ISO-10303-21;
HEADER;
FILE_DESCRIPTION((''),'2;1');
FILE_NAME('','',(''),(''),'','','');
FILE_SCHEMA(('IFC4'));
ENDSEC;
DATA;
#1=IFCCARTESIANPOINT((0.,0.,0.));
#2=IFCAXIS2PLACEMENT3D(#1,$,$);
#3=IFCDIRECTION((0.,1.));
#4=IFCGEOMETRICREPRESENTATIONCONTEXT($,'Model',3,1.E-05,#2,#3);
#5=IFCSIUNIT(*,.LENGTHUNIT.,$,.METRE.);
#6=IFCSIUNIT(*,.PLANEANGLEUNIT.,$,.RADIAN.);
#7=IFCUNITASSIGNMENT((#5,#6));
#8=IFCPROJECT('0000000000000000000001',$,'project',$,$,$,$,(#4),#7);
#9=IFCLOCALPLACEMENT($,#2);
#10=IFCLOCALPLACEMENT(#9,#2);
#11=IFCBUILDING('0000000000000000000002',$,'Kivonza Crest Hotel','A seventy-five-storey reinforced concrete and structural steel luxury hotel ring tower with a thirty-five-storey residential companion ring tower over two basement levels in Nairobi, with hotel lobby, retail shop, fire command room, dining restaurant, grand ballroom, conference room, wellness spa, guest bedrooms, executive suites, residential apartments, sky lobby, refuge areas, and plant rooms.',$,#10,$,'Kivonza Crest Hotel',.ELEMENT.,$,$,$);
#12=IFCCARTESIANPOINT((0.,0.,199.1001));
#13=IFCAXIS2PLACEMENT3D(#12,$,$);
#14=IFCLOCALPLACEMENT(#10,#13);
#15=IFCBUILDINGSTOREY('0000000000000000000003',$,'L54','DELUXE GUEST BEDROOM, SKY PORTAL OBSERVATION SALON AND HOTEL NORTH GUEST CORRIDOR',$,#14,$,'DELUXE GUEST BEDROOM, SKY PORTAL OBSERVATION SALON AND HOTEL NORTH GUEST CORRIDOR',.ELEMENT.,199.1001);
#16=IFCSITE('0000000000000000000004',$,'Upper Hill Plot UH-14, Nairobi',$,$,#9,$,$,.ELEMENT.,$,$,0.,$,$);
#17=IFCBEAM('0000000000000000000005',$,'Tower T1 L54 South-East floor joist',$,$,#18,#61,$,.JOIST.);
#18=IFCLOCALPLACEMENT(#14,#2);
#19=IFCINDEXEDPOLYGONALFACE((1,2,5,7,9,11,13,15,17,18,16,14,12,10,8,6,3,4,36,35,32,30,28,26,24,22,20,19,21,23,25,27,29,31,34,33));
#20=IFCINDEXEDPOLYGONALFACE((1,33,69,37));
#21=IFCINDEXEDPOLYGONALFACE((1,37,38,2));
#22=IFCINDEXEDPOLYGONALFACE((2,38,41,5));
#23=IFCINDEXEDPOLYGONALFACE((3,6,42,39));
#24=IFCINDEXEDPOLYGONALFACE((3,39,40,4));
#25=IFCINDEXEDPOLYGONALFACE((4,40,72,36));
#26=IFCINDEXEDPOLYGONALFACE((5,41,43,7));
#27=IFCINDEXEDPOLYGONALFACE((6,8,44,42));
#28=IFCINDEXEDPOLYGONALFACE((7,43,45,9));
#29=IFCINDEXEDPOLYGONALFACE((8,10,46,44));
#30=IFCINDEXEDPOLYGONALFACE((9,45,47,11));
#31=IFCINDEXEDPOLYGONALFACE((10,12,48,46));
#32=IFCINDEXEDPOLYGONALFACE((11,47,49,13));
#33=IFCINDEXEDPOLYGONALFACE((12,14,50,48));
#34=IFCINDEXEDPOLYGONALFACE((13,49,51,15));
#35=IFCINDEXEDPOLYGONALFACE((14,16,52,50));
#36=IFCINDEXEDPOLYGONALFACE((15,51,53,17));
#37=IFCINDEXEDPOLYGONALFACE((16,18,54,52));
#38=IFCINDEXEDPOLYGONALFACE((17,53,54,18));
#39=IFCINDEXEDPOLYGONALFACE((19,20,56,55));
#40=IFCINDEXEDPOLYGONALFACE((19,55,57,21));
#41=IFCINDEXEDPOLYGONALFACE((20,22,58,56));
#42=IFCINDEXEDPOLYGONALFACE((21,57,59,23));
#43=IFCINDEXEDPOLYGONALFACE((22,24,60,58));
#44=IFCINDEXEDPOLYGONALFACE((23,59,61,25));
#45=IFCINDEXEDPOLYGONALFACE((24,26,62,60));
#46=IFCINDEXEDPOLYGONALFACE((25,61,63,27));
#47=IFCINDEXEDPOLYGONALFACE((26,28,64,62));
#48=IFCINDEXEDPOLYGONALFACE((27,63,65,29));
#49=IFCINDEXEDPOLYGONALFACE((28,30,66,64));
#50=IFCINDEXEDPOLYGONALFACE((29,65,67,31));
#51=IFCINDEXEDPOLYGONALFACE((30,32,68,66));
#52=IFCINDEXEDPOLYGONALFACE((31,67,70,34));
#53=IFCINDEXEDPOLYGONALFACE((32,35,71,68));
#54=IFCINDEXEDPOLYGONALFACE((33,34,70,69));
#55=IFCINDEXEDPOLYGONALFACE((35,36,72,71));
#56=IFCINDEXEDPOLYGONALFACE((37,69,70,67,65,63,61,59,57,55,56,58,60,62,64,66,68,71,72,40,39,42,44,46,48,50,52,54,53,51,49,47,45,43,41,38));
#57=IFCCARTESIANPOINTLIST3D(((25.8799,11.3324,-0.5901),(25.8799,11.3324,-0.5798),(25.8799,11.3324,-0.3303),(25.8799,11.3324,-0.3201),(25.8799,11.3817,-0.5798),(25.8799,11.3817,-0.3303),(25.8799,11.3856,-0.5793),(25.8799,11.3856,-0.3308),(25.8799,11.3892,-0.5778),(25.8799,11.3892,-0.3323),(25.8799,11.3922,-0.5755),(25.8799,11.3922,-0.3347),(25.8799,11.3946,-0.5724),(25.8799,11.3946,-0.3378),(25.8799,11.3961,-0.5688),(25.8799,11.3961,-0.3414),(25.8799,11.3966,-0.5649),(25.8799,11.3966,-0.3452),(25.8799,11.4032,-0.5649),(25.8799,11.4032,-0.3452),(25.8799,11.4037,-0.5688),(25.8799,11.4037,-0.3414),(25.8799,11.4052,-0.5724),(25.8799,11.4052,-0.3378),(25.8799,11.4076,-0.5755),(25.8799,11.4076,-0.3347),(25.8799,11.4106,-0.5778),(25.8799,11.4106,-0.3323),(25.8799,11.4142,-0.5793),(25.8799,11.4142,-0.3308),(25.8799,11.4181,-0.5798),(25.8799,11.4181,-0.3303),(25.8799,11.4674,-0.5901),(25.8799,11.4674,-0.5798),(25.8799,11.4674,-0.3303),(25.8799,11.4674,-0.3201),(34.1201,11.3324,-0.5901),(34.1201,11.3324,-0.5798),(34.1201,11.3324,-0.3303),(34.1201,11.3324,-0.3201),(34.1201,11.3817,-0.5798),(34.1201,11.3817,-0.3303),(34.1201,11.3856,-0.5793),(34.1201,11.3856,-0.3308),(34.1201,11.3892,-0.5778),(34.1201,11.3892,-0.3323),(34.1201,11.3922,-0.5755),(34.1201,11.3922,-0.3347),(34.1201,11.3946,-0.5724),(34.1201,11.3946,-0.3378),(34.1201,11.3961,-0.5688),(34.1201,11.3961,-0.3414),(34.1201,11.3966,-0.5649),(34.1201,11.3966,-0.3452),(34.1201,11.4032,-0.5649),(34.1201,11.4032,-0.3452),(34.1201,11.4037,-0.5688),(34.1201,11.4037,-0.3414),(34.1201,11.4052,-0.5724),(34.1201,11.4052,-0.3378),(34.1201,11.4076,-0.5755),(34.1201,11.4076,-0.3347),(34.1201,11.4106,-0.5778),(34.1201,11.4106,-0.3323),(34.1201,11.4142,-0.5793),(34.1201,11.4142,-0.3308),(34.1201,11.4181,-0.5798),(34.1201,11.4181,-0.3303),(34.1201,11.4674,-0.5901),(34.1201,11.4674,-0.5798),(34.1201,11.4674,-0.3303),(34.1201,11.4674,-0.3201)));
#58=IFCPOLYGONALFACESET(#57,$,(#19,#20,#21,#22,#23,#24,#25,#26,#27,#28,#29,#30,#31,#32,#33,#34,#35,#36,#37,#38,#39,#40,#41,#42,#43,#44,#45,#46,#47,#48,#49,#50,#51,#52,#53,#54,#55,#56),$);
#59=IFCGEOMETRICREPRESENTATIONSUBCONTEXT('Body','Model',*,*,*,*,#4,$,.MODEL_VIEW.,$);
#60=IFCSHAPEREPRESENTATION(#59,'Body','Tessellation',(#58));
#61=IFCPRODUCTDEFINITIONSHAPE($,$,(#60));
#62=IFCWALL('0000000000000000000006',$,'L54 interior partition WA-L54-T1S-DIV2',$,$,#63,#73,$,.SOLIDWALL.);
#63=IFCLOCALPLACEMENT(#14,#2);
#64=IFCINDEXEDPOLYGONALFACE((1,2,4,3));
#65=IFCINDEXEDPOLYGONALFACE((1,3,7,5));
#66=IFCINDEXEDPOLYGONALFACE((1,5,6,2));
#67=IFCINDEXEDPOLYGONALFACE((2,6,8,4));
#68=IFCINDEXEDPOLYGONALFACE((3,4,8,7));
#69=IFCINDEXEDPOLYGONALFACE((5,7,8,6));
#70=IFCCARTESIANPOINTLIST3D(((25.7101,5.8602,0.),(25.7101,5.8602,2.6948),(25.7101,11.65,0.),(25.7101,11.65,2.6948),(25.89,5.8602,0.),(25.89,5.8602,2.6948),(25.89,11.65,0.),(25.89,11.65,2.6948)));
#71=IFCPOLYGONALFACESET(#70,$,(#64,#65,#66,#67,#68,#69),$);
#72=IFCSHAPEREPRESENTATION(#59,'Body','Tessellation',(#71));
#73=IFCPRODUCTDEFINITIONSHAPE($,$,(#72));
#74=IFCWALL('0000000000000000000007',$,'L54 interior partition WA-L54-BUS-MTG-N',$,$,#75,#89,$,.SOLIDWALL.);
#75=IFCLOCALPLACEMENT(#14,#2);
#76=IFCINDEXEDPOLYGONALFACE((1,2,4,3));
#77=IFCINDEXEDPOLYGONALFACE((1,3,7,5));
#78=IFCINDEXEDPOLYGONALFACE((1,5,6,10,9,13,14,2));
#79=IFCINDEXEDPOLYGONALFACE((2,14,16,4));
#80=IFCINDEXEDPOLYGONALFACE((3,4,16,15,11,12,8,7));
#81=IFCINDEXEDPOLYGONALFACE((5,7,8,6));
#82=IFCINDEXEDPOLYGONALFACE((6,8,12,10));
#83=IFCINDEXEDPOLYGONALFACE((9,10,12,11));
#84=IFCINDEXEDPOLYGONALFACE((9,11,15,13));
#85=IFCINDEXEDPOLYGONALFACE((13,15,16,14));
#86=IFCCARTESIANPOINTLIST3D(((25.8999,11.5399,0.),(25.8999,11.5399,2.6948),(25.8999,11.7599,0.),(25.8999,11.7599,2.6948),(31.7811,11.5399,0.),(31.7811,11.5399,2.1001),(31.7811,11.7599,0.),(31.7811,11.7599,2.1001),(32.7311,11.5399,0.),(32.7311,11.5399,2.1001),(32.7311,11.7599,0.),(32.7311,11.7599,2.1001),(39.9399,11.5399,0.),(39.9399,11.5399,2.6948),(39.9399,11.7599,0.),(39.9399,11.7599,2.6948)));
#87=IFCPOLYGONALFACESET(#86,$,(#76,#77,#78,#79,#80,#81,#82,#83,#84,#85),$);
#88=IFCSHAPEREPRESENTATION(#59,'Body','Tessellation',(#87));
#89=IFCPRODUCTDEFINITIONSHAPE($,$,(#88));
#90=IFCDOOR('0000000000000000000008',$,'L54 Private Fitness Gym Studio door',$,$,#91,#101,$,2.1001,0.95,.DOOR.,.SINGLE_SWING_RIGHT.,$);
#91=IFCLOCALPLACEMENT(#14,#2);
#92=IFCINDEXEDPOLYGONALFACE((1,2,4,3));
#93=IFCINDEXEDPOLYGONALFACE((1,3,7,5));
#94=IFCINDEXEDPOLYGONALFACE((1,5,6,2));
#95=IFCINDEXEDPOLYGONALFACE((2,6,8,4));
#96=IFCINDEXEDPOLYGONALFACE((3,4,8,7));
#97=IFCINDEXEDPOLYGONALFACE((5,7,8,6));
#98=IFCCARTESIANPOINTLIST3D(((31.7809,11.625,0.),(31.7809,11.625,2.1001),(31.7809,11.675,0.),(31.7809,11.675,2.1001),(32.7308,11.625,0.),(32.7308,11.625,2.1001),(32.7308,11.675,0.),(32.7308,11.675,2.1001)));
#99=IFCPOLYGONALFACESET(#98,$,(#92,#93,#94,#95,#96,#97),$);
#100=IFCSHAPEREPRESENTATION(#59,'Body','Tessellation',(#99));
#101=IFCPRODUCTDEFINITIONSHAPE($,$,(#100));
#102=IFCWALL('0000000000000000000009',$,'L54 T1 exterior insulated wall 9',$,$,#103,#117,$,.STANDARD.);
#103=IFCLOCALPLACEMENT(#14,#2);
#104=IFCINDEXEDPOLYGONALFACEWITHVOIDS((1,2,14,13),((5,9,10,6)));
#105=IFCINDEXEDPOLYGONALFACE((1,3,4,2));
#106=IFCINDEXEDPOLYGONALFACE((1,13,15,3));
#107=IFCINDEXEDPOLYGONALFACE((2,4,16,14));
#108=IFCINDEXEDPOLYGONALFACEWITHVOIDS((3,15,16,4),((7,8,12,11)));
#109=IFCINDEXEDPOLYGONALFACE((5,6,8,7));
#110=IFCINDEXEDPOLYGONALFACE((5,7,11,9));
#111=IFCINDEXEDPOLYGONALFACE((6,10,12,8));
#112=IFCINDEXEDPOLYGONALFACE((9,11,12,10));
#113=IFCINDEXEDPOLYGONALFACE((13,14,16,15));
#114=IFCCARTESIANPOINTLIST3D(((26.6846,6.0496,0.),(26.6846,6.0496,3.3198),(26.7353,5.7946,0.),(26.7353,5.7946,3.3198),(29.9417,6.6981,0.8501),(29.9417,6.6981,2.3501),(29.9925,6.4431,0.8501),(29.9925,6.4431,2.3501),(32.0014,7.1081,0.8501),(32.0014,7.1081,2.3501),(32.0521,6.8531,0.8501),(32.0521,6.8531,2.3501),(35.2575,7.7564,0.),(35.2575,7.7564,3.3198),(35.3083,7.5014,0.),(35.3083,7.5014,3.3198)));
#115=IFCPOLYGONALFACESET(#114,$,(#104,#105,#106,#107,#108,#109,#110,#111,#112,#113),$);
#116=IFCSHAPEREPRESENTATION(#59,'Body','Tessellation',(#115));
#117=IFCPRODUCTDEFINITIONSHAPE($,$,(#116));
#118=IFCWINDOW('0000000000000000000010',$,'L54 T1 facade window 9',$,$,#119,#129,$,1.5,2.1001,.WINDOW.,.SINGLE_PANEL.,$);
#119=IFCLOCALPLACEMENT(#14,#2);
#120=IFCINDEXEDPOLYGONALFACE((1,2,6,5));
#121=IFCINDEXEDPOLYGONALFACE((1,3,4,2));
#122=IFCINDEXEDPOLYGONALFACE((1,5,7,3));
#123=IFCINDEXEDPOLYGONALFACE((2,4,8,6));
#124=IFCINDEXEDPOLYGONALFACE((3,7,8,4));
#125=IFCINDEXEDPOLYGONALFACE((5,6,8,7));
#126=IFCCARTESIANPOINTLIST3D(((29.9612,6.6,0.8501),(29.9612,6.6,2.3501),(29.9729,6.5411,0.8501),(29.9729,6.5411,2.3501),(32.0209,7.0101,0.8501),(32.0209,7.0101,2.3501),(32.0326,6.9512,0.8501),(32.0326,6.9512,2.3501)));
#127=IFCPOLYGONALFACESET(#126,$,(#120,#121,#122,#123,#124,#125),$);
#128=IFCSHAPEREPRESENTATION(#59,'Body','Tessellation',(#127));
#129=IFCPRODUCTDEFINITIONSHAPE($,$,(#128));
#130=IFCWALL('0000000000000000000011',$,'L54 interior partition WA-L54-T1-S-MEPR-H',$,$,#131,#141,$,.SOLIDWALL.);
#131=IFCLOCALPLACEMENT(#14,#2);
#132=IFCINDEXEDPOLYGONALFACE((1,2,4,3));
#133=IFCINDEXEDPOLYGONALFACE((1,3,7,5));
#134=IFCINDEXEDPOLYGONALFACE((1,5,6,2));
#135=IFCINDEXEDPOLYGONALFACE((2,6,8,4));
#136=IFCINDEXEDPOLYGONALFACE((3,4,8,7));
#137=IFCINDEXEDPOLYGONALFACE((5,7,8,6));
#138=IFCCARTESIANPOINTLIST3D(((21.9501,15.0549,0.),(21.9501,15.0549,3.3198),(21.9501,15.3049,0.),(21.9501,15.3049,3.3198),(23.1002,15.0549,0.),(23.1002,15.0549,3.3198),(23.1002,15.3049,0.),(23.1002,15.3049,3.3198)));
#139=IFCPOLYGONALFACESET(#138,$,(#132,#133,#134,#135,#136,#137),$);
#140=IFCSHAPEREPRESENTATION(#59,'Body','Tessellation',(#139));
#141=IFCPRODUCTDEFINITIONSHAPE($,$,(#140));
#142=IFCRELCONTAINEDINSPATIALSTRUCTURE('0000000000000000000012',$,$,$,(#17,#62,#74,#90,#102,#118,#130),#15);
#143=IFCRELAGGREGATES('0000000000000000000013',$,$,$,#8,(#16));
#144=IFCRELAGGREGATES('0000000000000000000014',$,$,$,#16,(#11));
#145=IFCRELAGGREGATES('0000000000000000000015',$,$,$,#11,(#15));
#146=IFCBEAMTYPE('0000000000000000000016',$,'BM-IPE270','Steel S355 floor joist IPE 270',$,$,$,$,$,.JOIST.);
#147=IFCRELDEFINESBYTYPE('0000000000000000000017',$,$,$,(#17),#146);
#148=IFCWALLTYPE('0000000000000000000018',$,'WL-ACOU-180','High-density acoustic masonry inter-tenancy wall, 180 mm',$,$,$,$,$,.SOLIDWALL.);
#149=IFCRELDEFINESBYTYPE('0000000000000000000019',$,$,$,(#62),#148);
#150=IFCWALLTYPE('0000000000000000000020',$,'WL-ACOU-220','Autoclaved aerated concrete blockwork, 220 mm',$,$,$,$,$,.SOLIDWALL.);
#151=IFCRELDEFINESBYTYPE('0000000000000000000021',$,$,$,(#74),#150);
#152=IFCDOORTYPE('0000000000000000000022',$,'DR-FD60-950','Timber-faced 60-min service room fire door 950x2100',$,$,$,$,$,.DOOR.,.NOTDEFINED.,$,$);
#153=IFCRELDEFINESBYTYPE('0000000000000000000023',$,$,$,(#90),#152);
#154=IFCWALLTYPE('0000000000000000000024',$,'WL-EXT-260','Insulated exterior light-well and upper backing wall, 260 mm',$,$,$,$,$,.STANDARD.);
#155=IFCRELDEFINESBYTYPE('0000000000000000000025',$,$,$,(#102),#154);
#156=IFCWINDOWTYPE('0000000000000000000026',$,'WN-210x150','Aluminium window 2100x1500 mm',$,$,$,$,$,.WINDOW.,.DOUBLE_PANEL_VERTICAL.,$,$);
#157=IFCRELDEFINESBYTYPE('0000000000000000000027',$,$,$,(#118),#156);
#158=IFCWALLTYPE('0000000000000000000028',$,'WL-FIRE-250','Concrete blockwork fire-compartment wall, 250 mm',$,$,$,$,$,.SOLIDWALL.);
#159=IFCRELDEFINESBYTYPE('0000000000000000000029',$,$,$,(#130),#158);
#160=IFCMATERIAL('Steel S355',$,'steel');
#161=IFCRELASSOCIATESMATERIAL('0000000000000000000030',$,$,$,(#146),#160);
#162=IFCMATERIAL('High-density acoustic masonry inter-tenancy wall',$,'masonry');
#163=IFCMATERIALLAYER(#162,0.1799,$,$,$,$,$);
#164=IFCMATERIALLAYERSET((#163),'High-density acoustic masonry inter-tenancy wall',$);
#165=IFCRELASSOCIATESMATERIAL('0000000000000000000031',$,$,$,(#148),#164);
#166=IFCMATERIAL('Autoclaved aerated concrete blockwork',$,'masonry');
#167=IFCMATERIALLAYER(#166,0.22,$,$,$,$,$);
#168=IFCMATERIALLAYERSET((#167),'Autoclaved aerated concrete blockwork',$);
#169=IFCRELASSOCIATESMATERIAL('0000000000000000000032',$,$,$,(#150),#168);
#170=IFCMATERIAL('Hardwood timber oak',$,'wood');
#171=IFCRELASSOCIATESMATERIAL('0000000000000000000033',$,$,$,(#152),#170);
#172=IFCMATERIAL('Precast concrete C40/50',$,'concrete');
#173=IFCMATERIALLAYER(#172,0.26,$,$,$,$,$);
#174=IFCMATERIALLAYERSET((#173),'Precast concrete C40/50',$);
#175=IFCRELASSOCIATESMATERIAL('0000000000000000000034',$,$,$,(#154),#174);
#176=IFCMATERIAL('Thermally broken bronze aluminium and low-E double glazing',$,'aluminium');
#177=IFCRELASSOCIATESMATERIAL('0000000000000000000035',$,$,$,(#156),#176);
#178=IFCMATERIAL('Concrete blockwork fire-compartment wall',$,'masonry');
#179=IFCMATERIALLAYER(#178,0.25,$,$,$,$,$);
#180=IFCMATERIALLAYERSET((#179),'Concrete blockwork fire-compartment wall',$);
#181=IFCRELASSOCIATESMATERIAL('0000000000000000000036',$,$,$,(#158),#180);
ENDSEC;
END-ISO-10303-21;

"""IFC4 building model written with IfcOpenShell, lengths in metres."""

from ifc_helpers import new_model, si_unit, direction, frame, frame_2d, origin, origin_2d, place, context, subcontext, project, spatial, rectangle, i_section, extrude, material, layer, layer_set, material_profile, profile_set, type_object, element, fill, save


model = new_model("IFC4")

# Units and contexts
model_context = context("Model", 3, precision=1e-05, world=origin(), true_north=direction((0.0, 1.0)))
body_context = subcontext(model_context, "Body", "Model", "MODEL_VIEW")
ifc_project = project(units=[si_unit("LENGTHUNIT", "METRE"), si_unit("PLANEANGLEUNIT", "RADIAN")], contexts=[model_context])

# Site, building, storey
site_placement = place(None, origin())
site = spatial("IfcSite", under=ifc_project, at=site_placement, Name="Upper Hill Plot UH-14, Nairobi", CompositionType="ELEMENT", RefElevation=0.0)
building_placement = place(site_placement, origin())
building = spatial("IfcBuilding", under=site, at=building_placement, Name="Kivonza Crest Hotel", Description="A seventy-five-storey reinforced concrete and structural steel luxury hotel ring tower with a thirty-five-storey residential companion ring tower over two basement levels in Nairobi, with hotel lobby, retail shop, fire command room, dining restaurant, grand ballroom, conference room, wellness spa, guest bedrooms, executive suites, residential apartments, sky lobby, refuge areas, and plant rooms.", LongName="Kivonza Crest Hotel", CompositionType="ELEMENT")
storey_placement = place(building_placement, frame((0.0, 0.0, 199.1001)))
storey = spatial("IfcBuildingStorey", under=building, at=storey_placement, Name="L54", Description="DELUXE GUEST BEDROOM, SKY PORTAL OBSERVATION SALON AND HOTEL NORTH GUEST CORRIDOR", LongName="DELUXE GUEST BEDROOM, SKY PORTAL OBSERVATION SALON AND HOTEL NORTH GUEST CORRIDOR", CompositionType="ELEMENT", Elevation=199.1001)

# Beam
ifc_material_1 = material(Name="Steel S355", Category="steel")
ifc_material_profile_1 = material_profile(ifc_material_1, i_section(OverallWidth=0.135, OverallDepth=0.27, WebThickness=0.0066, FlangeThickness=0.0103, FilletRadius=0.0149, at=origin_2d()), Name="IPE 270")
ifc_profile_set_1 = profile_set([ifc_material_profile_1], Name="Steel S355")
beam_type_1 = type_object("IfcBeamType", Name="BM-IPE270", Description="Steel S355 floor joist IPE 270", PredefinedType="JOIST", material=ifc_profile_set_1)
beam_1_placement = place(storey_placement, frame((25.8799, 11.3999, -0.4551), z_axis=(1.0, 0.0, 0.0), x_axis=(0.0, 1.0, 0.0)))
element("IfcBeam", 1, at=beam_1_placement, inside=storey, type_object=beam_type_1, Name="Tower T1 L54 South-East floor joist", PredefinedType="JOIST", context=body_context, shape_type="SweptSolid", body=[
    extrude(i_section(OverallWidth=0.135, OverallDepth=0.27, WebThickness=0.0066, FlangeThickness=0.0103, FilletRadius=0.0149, at=origin_2d()), origin(), (0.0, 0.0, 1.0), 8.2402),
])

# Wall
ifc_material_2 = material(Name="High-density acoustic masonry inter-tenancy wall", Category="masonry")
ifc_layer_1 = layer(ifc_material_2, 0.1799)
ifc_layer_set_1 = layer_set([ifc_layer_1], Name="High-density acoustic masonry inter-tenancy wall")
wall_type_1 = type_object("IfcWallType", Name="WL-ACOU-180", Description="High-density acoustic masonry inter-tenancy wall, 180 mm", PredefinedType="SOLIDWALL", material=ifc_layer_set_1)
wall_1_placement = place(storey_placement, frame((25.8, 5.8601, 0.0), z_axis=(0.0, 0.0, 1.0), x_axis=(0.0, 1.0, 0.0)))
element("IfcWall", 2, at=wall_1_placement, inside=storey, type_object=wall_type_1, Name="L54 interior partition WA-L54-T1S-DIV2", PredefinedType="SOLIDWALL", context=body_context, shape_type="SweptSolid", body=[
    extrude(rectangle(XDim=5.7898, YDim=0.1799, at=frame_2d((2.895, 0.0))), origin(), (0.0, 0.0, 1.0), 2.6948),
])

# Wall, opening, door
ifc_material_3 = material(Name="Autoclaved aerated concrete blockwork", Category="masonry")
ifc_layer_2 = layer(ifc_material_3, 0.22)
ifc_layer_set_2 = layer_set([ifc_layer_2], Name="Autoclaved aerated concrete blockwork")
wall_type_2 = type_object("IfcWallType", Name="WL-ACOU-220", Description="Autoclaved aerated concrete blockwork, 220 mm", PredefinedType="SOLIDWALL", material=ifc_layer_set_2)
wall_2_placement = place(storey_placement, frame((25.8999, 11.6499, 0.0), z_axis=(0.0, 0.0, 1.0), x_axis=(1.0, 0.0, 0.0)))
wall_2 = element("IfcWall", 3, at=wall_2_placement, inside=storey, type_object=wall_type_2, Name="L54 interior partition WA-L54-BUS-MTG-N", PredefinedType="SOLIDWALL", context=body_context, shape_type="SweptSolid", body=[
    extrude(rectangle(XDim=14.04, YDim=0.22, at=frame_2d((7.02, 0.0))), origin(), (0.0, 0.0, 1.0), 2.6948),
])
opening_1_placement = place(wall_2_placement, frame((5.8811, 0.0, 0.0)))
opening_1 = element("IfcOpeningElement", 4, at=opening_1_placement, cuts=wall_2, PredefinedType="OPENING", context=body_context, shape_type="SweptSolid", body=[
    extrude(rectangle(XDim=0.95, YDim=2.1001, at=frame_2d((0.4751, 1.05))), frame((0.0, 0.1201, 0.0), z_axis=(0.0, -1.0, 0.0), x_axis=(1.0, 0.0, 0.0)), (0.0, 0.0, 1.0), 0.24),
])
ifc_material_4 = material(Name="Hardwood timber oak", Category="wood")
door_type_1 = type_object("IfcDoorType", Name="DR-FD60-950", Description="Timber-faced 60-min service room fire door 950x2100", OperationType="NOTDEFINED", PredefinedType="DOOR", material=ifc_material_4)
door_1_placement = place(opening_1_placement, frame((0.95, 0.0, 0.0), z_axis=(0.0, 0.0, 1.0), x_axis=(-1.0, 0.0, 0.0)))
door_1 = element("IfcDoor", 5, at=door_1_placement, inside=storey, type_object=door_type_1, Name="L54 Private Fitness Gym Studio door", OperationType="SINGLE_SWING_RIGHT", OverallHeight=2.1001, OverallWidth=0.95, PredefinedType="DOOR", context=body_context, shape_type="SweptSolid", body=[
    extrude(rectangle(XDim=0.95, YDim=2.1001, at=frame_2d((0.4751, 1.05))), frame((0.0, 0.0249, 0.0), z_axis=(0.0, -1.0, 0.0), x_axis=(1.0, 0.0, 0.0)), (0.0, 0.0, 1.0), 0.05),
])
fill(opening_1, door_1)

# Wall, opening, window
ifc_material_5 = material(Name="Precast concrete C40/50", Category="concrete")
ifc_layer_3 = layer(ifc_material_5, 0.26)
ifc_layer_set_3 = layer_set([ifc_layer_3], Name="Precast concrete C40/50")
wall_type_3 = type_object("IfcWallType", Name="WL-EXT-260", Description="Insulated exterior light-well and upper backing wall, 260 mm", PredefinedType="STANDARD", material=ifc_layer_set_3)
wall_3_placement = place(storey_placement, frame((26.71, 5.9221, 0.0), z_axis=(0.0, 0.0, 1.0), x_axis=(0.980752, 0.195257, 0.0)))
wall_3 = element("IfcWall", 6, at=wall_3_placement, inside=storey, type_object=wall_type_3, Name="L54 T1 exterior insulated wall 9", PredefinedType="STANDARD", context=body_context, shape_type="SweptSolid", body=[
    extrude(rectangle(XDim=8.7412, YDim=0.26, at=frame_2d((4.3706, 0.0))), origin(), (0.0, 0.0, 1.0), 3.3198),
])
opening_2_placement = place(wall_3_placement, frame((3.321, 0.0, 0.8501)))
opening_2 = element("IfcOpeningElement", 7, at=opening_2_placement, cuts=wall_3, PredefinedType="OPENING", context=body_context, shape_type="SweptSolid", body=[
    extrude(rectangle(XDim=2.1001, YDim=1.5, at=frame_2d((1.05, 0.75))), frame((0.0, 0.1401, 0.0), z_axis=(0.0, -1.0, 0.0), x_axis=(1.0, 0.0, 0.0)), (0.0, 0.0, 1.0), 0.28),
])
ifc_material_6 = material(Name="Thermally broken bronze aluminium and low-E double glazing", Category="aluminium")
window_type = type_object("IfcWindowType", Name="WN-210x150", Description="Aluminium window 2100x1500 mm", PartitioningType="DOUBLE_PANEL_VERTICAL", PredefinedType="WINDOW", material=ifc_material_6)
window_placement = place(opening_2_placement, origin())
window = element("IfcWindow", 8, at=window_placement, inside=storey, type_object=window_type, Name="L54 T1 facade window 9", OverallHeight=1.5, OverallWidth=2.1001, PartitioningType="SINGLE_PANEL", PredefinedType="WINDOW", context=body_context, shape_type="SweptSolid", body=[
    extrude(rectangle(XDim=2.1001, YDim=1.5, at=frame_2d((1.05, 0.75))), frame((0.0, 0.03, 0.0), z_axis=(0.0, -1.0, 0.0), x_axis=(1.0, 0.0, 0.0)), (0.0, 0.0, 1.0), 0.0601),
])
fill(opening_2, window)

# Wall
ifc_material_7 = material(Name="Concrete blockwork fire-compartment wall", Category="masonry")
ifc_layer_4 = layer(ifc_material_7, 0.25)
ifc_layer_set_4 = layer_set([ifc_layer_4], Name="Concrete blockwork fire-compartment wall")
wall_type_4 = type_object("IfcWallType", Name="WL-FIRE-250", Description="Concrete blockwork fire-compartment wall, 250 mm", PredefinedType="SOLIDWALL", material=ifc_layer_set_4)
wall_4_placement = place(storey_placement, frame((21.95, 15.1799, 0.0), z_axis=(0.0, 0.0, 1.0), x_axis=(1.0, 0.0, 0.0)))
element("IfcWall", 9, at=wall_4_placement, inside=storey, type_object=wall_type_4, Name="L54 interior partition WA-L54-T1-S-MEPR-H", PredefinedType="SOLIDWALL", context=body_context, shape_type="SweptSolid", body=[
    extrude(rectangle(XDim=1.1501, YDim=0.25, at=frame_2d((0.5752, 0.0))), origin(), (0.0, 0.0, 1.0), 3.3198),
])

save(model, "model.ifc")
